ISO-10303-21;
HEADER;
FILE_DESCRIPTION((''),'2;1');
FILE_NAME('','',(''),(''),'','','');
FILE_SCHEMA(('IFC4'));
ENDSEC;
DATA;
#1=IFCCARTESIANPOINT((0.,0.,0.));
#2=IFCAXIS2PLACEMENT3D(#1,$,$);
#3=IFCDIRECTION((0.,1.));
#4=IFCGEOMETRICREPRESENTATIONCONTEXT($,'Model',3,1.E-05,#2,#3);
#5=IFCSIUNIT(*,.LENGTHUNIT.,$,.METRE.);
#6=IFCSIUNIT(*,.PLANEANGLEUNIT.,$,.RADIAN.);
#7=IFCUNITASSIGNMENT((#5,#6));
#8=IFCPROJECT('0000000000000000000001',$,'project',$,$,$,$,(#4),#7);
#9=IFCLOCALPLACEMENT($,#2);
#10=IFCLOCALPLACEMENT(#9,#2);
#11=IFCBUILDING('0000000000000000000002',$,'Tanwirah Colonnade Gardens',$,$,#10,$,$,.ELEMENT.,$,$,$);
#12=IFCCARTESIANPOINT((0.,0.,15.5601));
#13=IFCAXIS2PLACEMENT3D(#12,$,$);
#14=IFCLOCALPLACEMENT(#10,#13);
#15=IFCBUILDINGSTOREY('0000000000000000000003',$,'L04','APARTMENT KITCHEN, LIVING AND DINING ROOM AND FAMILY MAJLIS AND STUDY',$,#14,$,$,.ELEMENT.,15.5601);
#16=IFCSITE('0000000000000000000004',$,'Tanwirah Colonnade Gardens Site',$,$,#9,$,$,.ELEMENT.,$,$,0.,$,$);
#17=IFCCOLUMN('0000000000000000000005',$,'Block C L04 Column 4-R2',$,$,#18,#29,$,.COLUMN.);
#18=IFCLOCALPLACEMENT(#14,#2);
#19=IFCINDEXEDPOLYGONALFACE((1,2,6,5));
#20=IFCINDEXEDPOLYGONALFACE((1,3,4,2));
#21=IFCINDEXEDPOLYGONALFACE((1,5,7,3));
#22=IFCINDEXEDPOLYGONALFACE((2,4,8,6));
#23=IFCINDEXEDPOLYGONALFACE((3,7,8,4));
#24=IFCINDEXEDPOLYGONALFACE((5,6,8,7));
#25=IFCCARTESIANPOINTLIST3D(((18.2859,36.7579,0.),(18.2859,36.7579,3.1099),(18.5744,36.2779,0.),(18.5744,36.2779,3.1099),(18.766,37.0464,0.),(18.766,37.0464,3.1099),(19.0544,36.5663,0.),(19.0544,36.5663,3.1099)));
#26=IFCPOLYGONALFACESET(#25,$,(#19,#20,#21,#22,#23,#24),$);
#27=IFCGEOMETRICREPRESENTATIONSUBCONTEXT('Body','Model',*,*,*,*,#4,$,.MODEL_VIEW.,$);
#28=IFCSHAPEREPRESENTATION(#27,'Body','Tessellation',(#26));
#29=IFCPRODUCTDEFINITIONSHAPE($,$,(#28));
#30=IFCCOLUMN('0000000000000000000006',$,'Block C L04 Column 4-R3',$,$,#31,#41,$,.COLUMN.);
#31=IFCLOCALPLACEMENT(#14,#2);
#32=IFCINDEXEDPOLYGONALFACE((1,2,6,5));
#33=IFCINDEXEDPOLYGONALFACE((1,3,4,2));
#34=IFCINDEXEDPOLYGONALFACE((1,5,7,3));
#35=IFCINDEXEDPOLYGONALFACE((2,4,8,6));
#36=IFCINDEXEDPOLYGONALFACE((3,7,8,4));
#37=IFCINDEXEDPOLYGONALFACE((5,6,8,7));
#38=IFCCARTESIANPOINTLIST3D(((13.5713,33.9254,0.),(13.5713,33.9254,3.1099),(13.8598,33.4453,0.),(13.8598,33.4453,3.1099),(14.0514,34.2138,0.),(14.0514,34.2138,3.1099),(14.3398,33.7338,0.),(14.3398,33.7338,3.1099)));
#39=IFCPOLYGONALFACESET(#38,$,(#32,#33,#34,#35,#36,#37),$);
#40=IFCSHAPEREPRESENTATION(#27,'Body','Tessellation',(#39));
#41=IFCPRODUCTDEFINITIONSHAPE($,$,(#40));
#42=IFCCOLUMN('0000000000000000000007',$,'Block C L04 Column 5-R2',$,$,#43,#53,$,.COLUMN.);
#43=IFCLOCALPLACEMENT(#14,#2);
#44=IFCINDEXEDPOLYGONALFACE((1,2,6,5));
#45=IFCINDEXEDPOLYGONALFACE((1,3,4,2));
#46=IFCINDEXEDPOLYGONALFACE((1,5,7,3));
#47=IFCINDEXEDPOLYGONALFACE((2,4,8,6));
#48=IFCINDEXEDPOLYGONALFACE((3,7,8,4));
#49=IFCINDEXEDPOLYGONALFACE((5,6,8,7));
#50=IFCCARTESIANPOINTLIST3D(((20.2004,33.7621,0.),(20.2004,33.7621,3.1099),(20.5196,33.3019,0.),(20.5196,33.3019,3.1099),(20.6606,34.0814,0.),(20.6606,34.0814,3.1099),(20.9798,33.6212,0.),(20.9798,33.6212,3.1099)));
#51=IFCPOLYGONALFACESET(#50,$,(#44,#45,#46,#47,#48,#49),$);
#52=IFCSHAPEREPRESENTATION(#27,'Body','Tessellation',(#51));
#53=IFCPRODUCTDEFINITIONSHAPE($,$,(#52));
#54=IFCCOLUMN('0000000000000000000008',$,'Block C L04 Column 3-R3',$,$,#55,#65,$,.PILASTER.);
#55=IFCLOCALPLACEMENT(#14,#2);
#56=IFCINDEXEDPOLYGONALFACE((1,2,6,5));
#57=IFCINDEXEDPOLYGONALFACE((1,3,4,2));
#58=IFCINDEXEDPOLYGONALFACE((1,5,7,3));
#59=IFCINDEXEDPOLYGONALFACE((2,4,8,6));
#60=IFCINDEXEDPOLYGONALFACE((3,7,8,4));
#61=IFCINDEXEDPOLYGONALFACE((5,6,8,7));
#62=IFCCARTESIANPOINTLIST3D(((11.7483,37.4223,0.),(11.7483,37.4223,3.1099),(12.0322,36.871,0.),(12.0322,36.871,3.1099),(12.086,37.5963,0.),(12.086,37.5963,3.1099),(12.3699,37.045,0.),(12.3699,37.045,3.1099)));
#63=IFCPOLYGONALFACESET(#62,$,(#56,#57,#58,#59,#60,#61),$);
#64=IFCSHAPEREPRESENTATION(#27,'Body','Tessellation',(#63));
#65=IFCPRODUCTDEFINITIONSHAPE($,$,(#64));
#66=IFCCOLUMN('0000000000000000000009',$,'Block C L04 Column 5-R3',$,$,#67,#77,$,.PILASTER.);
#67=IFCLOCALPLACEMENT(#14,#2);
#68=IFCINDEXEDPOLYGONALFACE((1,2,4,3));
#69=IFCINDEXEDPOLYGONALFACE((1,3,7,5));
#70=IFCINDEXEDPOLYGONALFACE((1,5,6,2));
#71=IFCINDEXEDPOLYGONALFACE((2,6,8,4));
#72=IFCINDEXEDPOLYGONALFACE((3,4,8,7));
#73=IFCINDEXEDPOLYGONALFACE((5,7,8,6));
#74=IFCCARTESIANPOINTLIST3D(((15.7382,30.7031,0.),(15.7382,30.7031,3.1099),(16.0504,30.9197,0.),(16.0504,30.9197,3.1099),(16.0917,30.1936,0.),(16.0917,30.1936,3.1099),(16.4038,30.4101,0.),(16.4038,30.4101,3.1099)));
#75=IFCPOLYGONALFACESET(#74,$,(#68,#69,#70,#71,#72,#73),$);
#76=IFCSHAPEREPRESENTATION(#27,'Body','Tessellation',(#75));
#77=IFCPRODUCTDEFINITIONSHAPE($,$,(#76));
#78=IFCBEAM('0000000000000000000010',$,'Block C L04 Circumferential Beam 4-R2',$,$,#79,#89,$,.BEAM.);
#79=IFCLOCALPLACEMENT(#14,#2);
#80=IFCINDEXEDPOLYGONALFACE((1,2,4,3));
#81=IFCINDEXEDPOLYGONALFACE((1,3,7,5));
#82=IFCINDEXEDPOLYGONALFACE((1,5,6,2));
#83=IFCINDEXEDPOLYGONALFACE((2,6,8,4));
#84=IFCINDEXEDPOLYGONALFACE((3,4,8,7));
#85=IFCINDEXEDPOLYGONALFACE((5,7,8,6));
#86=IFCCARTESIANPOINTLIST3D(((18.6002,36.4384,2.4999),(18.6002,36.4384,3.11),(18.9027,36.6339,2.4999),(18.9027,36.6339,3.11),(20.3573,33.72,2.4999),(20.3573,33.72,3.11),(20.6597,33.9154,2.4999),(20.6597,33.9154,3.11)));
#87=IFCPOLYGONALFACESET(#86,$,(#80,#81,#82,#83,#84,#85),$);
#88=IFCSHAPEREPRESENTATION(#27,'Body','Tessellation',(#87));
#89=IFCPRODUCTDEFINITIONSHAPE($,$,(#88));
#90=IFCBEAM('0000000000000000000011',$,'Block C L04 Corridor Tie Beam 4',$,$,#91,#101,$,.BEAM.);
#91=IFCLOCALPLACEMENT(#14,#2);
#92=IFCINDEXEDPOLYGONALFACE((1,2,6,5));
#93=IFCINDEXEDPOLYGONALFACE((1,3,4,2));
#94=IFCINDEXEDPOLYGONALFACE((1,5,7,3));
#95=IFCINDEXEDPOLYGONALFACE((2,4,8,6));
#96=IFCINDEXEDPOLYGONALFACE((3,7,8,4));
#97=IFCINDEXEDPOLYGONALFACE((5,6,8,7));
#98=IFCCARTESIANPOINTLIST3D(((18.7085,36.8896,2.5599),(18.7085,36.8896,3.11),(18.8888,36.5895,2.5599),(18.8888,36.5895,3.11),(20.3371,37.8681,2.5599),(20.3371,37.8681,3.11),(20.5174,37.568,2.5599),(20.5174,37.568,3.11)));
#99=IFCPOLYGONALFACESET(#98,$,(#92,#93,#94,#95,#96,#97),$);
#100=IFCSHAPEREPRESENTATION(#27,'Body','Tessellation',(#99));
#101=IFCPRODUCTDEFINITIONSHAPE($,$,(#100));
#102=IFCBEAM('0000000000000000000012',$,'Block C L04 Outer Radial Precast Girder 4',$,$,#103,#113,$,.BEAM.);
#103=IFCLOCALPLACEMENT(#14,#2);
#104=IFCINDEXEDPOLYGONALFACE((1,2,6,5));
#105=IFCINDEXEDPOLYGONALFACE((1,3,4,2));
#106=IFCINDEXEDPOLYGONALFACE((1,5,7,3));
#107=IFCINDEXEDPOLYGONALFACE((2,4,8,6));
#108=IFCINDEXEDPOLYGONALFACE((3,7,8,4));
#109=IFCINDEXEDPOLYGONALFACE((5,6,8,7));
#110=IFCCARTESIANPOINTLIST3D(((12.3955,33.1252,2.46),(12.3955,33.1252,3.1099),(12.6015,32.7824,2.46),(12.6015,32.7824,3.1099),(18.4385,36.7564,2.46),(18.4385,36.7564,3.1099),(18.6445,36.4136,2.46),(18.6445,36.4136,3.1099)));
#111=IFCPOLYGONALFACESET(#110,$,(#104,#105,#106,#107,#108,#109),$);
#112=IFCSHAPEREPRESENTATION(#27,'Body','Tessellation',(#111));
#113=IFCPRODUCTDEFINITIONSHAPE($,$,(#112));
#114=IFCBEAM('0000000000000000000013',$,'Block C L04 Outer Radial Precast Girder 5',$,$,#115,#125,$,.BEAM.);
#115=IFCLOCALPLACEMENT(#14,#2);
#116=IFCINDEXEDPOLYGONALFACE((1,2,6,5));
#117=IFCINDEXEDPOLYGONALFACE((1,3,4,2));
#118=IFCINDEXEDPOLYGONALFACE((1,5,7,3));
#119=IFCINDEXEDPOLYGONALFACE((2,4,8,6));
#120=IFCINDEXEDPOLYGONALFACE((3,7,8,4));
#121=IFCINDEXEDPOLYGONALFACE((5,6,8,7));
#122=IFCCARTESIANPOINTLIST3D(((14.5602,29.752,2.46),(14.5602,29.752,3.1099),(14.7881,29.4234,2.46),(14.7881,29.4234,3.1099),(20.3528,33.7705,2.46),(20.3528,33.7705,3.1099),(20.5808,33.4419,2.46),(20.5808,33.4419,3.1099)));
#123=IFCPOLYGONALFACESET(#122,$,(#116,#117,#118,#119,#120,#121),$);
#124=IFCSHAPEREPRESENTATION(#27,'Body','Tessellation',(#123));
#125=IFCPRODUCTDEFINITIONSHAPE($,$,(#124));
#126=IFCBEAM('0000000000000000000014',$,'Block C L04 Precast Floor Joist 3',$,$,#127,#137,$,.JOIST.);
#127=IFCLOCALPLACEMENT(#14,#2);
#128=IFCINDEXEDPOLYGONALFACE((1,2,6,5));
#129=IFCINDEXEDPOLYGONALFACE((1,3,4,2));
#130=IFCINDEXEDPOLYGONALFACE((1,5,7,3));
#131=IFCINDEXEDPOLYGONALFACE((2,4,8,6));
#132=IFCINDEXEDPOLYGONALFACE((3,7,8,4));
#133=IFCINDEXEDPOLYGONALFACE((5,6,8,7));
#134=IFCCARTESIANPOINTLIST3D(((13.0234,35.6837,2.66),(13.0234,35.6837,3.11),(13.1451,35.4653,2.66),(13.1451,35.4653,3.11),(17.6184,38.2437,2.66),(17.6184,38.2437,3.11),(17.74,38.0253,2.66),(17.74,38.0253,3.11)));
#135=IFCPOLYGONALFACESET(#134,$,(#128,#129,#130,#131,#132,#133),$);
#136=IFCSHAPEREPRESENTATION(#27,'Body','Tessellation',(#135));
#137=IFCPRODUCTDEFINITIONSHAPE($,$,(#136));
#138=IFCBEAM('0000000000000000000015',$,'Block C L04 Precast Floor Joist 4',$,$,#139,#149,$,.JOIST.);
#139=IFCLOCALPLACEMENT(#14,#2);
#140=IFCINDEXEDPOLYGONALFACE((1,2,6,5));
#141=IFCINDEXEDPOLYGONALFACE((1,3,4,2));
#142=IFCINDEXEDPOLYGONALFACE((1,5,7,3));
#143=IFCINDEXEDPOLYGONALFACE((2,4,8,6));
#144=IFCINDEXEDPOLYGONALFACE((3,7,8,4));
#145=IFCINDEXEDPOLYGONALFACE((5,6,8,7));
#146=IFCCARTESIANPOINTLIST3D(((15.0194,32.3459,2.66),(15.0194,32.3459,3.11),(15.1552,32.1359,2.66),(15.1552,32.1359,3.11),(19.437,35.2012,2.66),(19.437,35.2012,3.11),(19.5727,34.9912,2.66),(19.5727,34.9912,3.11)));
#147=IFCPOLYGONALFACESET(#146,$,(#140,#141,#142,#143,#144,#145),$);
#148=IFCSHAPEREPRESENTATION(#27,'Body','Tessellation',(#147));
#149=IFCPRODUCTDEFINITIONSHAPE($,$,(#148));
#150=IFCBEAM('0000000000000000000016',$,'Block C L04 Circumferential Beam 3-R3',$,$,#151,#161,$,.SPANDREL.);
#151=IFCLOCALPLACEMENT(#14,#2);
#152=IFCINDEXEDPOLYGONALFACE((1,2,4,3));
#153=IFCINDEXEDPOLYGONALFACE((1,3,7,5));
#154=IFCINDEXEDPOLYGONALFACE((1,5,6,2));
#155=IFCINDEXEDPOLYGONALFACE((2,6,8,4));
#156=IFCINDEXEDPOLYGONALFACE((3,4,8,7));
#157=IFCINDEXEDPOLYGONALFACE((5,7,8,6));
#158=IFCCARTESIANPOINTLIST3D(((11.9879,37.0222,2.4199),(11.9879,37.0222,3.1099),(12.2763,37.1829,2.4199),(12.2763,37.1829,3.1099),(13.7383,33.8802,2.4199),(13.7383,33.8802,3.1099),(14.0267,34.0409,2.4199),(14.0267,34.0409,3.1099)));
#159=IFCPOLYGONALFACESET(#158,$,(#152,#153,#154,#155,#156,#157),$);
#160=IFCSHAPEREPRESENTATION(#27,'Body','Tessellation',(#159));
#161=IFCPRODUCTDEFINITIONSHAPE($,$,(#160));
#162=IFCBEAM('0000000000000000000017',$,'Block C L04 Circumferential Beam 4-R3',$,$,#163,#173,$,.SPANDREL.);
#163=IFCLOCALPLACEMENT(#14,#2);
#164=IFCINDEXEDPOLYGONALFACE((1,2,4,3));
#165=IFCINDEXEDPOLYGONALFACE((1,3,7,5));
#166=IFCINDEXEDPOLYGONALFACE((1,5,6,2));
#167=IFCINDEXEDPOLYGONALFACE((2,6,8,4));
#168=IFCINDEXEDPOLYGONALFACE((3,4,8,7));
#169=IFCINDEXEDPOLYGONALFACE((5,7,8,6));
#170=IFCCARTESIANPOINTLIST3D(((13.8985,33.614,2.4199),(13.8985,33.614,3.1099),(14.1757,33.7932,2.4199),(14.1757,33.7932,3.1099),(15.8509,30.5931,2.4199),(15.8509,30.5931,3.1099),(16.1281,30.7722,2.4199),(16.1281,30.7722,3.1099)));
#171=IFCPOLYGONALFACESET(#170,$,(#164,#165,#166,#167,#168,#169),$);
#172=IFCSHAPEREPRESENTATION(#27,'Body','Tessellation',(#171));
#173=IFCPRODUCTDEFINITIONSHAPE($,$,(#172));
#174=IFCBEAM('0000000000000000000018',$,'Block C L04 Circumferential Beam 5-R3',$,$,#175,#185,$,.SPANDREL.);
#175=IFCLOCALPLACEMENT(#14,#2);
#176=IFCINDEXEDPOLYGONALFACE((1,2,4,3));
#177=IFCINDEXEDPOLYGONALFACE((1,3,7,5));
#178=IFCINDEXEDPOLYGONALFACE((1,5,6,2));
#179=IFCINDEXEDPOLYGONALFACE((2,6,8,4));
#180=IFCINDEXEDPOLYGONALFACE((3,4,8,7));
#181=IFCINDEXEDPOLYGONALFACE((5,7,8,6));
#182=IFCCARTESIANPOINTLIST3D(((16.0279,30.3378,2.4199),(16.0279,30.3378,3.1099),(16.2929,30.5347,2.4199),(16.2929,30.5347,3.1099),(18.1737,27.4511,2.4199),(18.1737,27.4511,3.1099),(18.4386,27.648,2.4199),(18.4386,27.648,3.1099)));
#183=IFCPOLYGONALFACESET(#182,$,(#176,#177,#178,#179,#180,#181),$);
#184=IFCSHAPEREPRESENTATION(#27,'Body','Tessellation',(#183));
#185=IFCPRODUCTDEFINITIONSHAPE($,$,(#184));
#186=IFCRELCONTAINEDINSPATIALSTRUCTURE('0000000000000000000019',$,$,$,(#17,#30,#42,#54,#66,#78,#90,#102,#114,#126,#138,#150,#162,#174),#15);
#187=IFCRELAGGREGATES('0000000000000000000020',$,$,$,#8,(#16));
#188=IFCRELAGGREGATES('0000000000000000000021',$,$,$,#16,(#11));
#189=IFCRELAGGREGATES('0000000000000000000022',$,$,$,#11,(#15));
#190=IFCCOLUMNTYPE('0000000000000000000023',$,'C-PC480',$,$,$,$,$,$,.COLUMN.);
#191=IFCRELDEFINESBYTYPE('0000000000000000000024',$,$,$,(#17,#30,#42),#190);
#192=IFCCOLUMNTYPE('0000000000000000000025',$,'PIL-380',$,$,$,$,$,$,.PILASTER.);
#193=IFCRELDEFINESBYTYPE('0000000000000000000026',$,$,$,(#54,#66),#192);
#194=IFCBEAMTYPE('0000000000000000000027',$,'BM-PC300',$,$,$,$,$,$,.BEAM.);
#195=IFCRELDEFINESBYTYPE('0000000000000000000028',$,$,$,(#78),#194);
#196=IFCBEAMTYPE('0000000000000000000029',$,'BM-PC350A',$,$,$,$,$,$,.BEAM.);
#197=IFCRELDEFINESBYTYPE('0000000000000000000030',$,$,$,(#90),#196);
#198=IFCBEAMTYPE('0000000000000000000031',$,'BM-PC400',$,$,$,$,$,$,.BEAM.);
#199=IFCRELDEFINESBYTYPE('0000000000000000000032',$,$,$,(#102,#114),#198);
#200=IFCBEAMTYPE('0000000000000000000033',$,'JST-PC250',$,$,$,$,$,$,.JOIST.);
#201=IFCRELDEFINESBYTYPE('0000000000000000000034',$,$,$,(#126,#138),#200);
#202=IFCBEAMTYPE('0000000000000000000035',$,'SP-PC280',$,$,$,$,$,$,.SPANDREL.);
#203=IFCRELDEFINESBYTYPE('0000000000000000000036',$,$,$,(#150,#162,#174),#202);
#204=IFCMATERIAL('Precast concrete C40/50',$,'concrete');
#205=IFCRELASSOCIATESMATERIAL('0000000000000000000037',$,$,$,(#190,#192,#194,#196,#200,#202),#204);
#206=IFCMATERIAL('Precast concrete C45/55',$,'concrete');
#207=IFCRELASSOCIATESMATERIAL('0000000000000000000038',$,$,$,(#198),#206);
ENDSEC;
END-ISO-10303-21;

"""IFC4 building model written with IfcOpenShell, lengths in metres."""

from ifc_helpers import new_model, si_unit, direction, frame, origin, origin_2d, place, context, subcontext, project, spatial, rectangle, extrude, material, material_profile, profile_set, type_object, element, save


model = new_model("IFC4")

# Units and contexts
model_context = context("Model", 3, precision=1e-05, world=origin(), true_north=direction((0.0, 1.0)))
body_context = subcontext(model_context, "Body", "Model", "MODEL_VIEW")
ifc_project = project(units=[si_unit("LENGTHUNIT", "METRE"), si_unit("PLANEANGLEUNIT", "RADIAN")], contexts=[model_context])

# Site, building, storey
site_placement = place(None, origin())
site = spatial("IfcSite", under=ifc_project, at=site_placement, Name="Tanwirah Colonnade Gardens Site", CompositionType="ELEMENT", RefElevation=0.0)
building_placement = place(site_placement, origin())
building = spatial("IfcBuilding", under=site, at=building_placement, Name="Tanwirah Colonnade Gardens", CompositionType="ELEMENT")
storey_placement = place(building_placement, frame((0.0, 0.0, 15.5601)))
storey = spatial("IfcBuildingStorey", under=building, at=storey_placement, Name="L04", Description="APARTMENT KITCHEN, LIVING AND DINING ROOM AND FAMILY MAJLIS AND STUDY", CompositionType="ELEMENT", Elevation=15.5601)

# Columns
ifc_material_1 = material(Name="Precast concrete C40/50", Category="concrete")
ifc_material_profile_1 = material_profile(ifc_material_1, rectangle(XDim=0.5601, YDim=0.5601, at=origin_2d()), Name="PC-COL 560x560")
ifc_profile_set_1 = profile_set([ifc_material_profile_1], Name="Precast concrete C40/50")
column_type_1 = type_object("IfcColumnType", Name="C-PC480", PredefinedType="COLUMN", material=ifc_profile_set_1)
for number, where, z_axis, x_axis, name in (
    (1, (18.6702, 36.6621, 0.0), (0.0, 0.0, 1.0), (-0.857167, -0.515038, 0.0), "Block C L04 Column 4-R2"),
    (2, (13.9556, 33.8296, 0.0), (0.0, 0.0, 1.0), (-0.857167, -0.515038, 0.0), "Block C L04 Column 4-R3"),
    (3, (20.5901, 33.6917, 0.0), (0.0, 0.0, 1.0), (-0.821647, -0.569997, 0.0), "Block C L04 Column 5-R2"),
):
    element("IfcColumn", number, at=place(storey_placement, frame(where, z_axis=z_axis, x_axis=x_axis)), inside=storey, type_object=column_type_1, Name=name, PredefinedType="COLUMN", context=body_context, shape_type="SweptSolid", body=[
        extrude(rectangle(XDim=0.5601, YDim=0.5601, at=origin_2d()), origin(), (0.0, 0.0, 1.0), 3.1099),
    ])
ifc_material_profile_2 = material_profile(ifc_material_1, rectangle(XDim=0.3799, YDim=0.6201, at=origin_2d()), Name="PC-PIL 380x620")
ifc_profile_set_2 = profile_set([ifc_material_profile_2], Name="Precast concrete C40/50")
column_type_2 = type_object("IfcColumnType", Name="PIL-380", PredefinedType="PILASTER", material=ifc_profile_set_2)
for number, where, z_axis, x_axis, name in (
    (4, (12.0591, 37.2336, 0.0), (0.0, 0.0, 1.0), (-0.889017, -0.457874, 0.0), "Block C L04 Column 3-R3"),
    (5, (16.071, 30.5566, 0.0), (0.0, 0.0, 1.0), (-0.821647, -0.569997, 0.0), "Block C L04 Column 5-R3"),
):
    element("IfcColumn", number, at=place(storey_placement, frame(where, z_axis=z_axis, x_axis=x_axis)), inside=storey, type_object=column_type_2, Name=name, PredefinedType="PILASTER", context=body_context, shape_type="SweptSolid", body=[
        extrude(rectangle(XDim=0.3799, YDim=0.6201, at=origin_2d()), origin(), (0.0, 0.0, 1.0), 3.1099),
    ])

# Beams
ifc_material_profile_3 = material_profile(ifc_material_1, rectangle(XDim=0.3601, YDim=0.6101, at=origin_2d()), Name="PC-BM 360x610")
ifc_profile_set_3 = profile_set([ifc_material_profile_3], Name="Precast concrete C40/50")
beam_type_1 = type_object("IfcBeamType", Name="BM-PC300", PredefinedType="BEAM", material=ifc_profile_set_3)
beam_1_placement = place(storey_placement, frame((18.7515, 36.5361, 2.8049), z_axis=(0.542826, -0.839845, 0.0), x_axis=(0.839845, 0.542826, 0.0)))
element("IfcBeam", 6, at=beam_1_placement, inside=storey, type_object=beam_type_1, Name="Block C L04 Circumferential Beam 4-R2", PredefinedType="BEAM", context=body_context, shape_type="SweptSolid", body=[
    extrude(rectangle(XDim=0.3601, YDim=0.6101, at=origin_2d()), origin(), (0.0, 0.0, 1.0), 3.2368),
])
ifc_material_profile_4 = material_profile(ifc_material_1, rectangle(XDim=0.3501, YDim=0.55, at=origin_2d()), Name="PC-BM 350x550")
ifc_profile_set_4 = profile_set([ifc_material_profile_4], Name="Precast concrete C40/50")
beam_type_2 = type_object("IfcBeamType", Name="BM-PC350A", PredefinedType="BEAM", material=ifc_profile_set_4)
beam_2_placement = place(storey_placement, frame((20.4272, 37.718, 2.835), z_axis=(-0.857187, -0.515006, 0.0), x_axis=(0.515006, -0.857187, 0.0)))
element("IfcBeam", 7, at=beam_2_placement, inside=storey, type_object=beam_type_2, Name="Block C L04 Corridor Tie Beam 4", PredefinedType="BEAM", context=body_context, shape_type="SweptSolid", body=[
    extrude(rectangle(XDim=0.3501, YDim=0.55, at=origin_2d()), origin(), (0.0, 0.0, 1.0), 1.8999),
])
ifc_material_2 = material(Name="Precast concrete C45/55", Category="concrete")
ifc_material_profile_5 = material_profile(ifc_material_2, rectangle(XDim=0.3999, YDim=0.6499, at=origin_2d()), Name="PC-BM 400x650")
ifc_profile_set_5 = profile_set([ifc_material_profile_5], Name="Precast concrete C45/55")
beam_type_3 = type_object("IfcBeamType", Name="BM-PC400", PredefinedType="BEAM", material=ifc_profile_set_5)
for number, where, z_axis, x_axis, name in (
    (8, (18.5415, 36.585, 2.7849), (-0.85716, -0.515051, 0.0), (0.515051, -0.85716, 0.0), "Block C L04 Outer Radial Precast Girder 4"),
    (9, (20.4668, 33.6062, 2.7849), (-0.821647, -0.569997, 0.0), (0.569997, -0.821647, 0.0), "Block C L04 Outer Radial Precast Girder 5"),
):
    element("IfcBeam", number, at=place(storey_placement, frame(where, z_axis=z_axis, x_axis=x_axis)), inside=storey, type_object=beam_type_3, Name=name, PredefinedType="BEAM", context=body_context, shape_type="SweptSolid", body=[
        extrude(rectangle(XDim=0.3999, YDim=0.6499, at=origin_2d()), origin(), (0.0, 0.0, 1.0), 7.05),
    ])
ifc_material_profile_6 = material_profile(ifc_material_1, rectangle(XDim=0.25, YDim=0.45, at=origin_2d()), Name="PC-JST 250x450")
ifc_profile_set_6 = profile_set([ifc_material_profile_6], Name="Precast concrete C40/50")
beam_type_4 = type_object("IfcBeamType", Name="JST-PC250", PredefinedType="JOIST", material=ifc_profile_set_6)
for number, where, z_axis, x_axis, name in (
    (10, (17.6792, 38.1345, 2.885), (-0.873568, -0.486703, 0.0), (0.486703, -0.873568, 0.0), "Block C L04 Precast Floor Joist 3"),
    (11, (19.5049, 35.0962, 2.885), (-0.839843, -0.54283, 0.0), (0.54283, -0.839843, 0.0), "Block C L04 Precast Floor Joist 4"),
):
    element("IfcBeam", number, at=place(storey_placement, frame(where, z_axis=z_axis, x_axis=x_axis)), inside=storey, type_object=beam_type_4, Name=name, PredefinedType="JOIST", context=body_context, shape_type="SweptSolid", body=[
        extrude(rectangle(XDim=0.25, YDim=0.45, at=origin_2d()), origin(), (0.0, 0.0, 1.0), 5.26),
    ])
ifc_material_profile_7 = material_profile(ifc_material_1, rectangle(XDim=0.3301, YDim=0.6899, at=origin_2d()), Name="PC-SP 330x690")
ifc_profile_set_7 = profile_set([ifc_material_profile_7], Name="Precast concrete C40/50")
beam_type_5 = type_object("IfcBeamType", Name="SP-PC280", PredefinedType="SPANDREL", material=ifc_profile_set_7)
beam_3_placement = place(storey_placement, frame((12.1321, 37.1025, 2.7649), z_axis=(0.48668, -0.87358, 0.0), x_axis=(0.87358, 0.48668, 0.0)))
element("IfcBeam", 12, at=beam_3_placement, inside=storey, type_object=beam_type_5, Name="Block C L04 Circumferential Beam 3-R3", PredefinedType="SPANDREL", context=body_context, shape_type="SweptSolid", body=[
    extrude(rectangle(XDim=0.3301, YDim=0.6899, at=origin_2d()), origin(), (0.0, 0.0, 1.0), 3.5967),
])
for number, where, z_axis, x_axis, name in (
    (13, (14.0371, 33.7036, 2.7649), (0.542787, -0.83987, 0.0), (0.83987, 0.542787, 0.0), "Block C L04 Circumferential Beam 4-R3"),
    (14, (16.1604, 30.4363, 2.7649), (0.596563, -0.802566, 0.0), (0.802566, 0.596563, 0.0), "Block C L04 Circumferential Beam 5-R3"),
):
    element("IfcBeam", number, at=place(storey_placement, frame(where, z_axis=z_axis, x_axis=x_axis)), inside=storey, type_object=beam_type_5, Name=name, PredefinedType="SPANDREL", context=body_context, shape_type="SweptSolid", body=[
        extrude(rectangle(XDim=0.3301, YDim=0.6899, at=origin_2d()), origin(), (0.0, 0.0, 1.0), 3.5969),
    ])

save(model, "model.ifc")
